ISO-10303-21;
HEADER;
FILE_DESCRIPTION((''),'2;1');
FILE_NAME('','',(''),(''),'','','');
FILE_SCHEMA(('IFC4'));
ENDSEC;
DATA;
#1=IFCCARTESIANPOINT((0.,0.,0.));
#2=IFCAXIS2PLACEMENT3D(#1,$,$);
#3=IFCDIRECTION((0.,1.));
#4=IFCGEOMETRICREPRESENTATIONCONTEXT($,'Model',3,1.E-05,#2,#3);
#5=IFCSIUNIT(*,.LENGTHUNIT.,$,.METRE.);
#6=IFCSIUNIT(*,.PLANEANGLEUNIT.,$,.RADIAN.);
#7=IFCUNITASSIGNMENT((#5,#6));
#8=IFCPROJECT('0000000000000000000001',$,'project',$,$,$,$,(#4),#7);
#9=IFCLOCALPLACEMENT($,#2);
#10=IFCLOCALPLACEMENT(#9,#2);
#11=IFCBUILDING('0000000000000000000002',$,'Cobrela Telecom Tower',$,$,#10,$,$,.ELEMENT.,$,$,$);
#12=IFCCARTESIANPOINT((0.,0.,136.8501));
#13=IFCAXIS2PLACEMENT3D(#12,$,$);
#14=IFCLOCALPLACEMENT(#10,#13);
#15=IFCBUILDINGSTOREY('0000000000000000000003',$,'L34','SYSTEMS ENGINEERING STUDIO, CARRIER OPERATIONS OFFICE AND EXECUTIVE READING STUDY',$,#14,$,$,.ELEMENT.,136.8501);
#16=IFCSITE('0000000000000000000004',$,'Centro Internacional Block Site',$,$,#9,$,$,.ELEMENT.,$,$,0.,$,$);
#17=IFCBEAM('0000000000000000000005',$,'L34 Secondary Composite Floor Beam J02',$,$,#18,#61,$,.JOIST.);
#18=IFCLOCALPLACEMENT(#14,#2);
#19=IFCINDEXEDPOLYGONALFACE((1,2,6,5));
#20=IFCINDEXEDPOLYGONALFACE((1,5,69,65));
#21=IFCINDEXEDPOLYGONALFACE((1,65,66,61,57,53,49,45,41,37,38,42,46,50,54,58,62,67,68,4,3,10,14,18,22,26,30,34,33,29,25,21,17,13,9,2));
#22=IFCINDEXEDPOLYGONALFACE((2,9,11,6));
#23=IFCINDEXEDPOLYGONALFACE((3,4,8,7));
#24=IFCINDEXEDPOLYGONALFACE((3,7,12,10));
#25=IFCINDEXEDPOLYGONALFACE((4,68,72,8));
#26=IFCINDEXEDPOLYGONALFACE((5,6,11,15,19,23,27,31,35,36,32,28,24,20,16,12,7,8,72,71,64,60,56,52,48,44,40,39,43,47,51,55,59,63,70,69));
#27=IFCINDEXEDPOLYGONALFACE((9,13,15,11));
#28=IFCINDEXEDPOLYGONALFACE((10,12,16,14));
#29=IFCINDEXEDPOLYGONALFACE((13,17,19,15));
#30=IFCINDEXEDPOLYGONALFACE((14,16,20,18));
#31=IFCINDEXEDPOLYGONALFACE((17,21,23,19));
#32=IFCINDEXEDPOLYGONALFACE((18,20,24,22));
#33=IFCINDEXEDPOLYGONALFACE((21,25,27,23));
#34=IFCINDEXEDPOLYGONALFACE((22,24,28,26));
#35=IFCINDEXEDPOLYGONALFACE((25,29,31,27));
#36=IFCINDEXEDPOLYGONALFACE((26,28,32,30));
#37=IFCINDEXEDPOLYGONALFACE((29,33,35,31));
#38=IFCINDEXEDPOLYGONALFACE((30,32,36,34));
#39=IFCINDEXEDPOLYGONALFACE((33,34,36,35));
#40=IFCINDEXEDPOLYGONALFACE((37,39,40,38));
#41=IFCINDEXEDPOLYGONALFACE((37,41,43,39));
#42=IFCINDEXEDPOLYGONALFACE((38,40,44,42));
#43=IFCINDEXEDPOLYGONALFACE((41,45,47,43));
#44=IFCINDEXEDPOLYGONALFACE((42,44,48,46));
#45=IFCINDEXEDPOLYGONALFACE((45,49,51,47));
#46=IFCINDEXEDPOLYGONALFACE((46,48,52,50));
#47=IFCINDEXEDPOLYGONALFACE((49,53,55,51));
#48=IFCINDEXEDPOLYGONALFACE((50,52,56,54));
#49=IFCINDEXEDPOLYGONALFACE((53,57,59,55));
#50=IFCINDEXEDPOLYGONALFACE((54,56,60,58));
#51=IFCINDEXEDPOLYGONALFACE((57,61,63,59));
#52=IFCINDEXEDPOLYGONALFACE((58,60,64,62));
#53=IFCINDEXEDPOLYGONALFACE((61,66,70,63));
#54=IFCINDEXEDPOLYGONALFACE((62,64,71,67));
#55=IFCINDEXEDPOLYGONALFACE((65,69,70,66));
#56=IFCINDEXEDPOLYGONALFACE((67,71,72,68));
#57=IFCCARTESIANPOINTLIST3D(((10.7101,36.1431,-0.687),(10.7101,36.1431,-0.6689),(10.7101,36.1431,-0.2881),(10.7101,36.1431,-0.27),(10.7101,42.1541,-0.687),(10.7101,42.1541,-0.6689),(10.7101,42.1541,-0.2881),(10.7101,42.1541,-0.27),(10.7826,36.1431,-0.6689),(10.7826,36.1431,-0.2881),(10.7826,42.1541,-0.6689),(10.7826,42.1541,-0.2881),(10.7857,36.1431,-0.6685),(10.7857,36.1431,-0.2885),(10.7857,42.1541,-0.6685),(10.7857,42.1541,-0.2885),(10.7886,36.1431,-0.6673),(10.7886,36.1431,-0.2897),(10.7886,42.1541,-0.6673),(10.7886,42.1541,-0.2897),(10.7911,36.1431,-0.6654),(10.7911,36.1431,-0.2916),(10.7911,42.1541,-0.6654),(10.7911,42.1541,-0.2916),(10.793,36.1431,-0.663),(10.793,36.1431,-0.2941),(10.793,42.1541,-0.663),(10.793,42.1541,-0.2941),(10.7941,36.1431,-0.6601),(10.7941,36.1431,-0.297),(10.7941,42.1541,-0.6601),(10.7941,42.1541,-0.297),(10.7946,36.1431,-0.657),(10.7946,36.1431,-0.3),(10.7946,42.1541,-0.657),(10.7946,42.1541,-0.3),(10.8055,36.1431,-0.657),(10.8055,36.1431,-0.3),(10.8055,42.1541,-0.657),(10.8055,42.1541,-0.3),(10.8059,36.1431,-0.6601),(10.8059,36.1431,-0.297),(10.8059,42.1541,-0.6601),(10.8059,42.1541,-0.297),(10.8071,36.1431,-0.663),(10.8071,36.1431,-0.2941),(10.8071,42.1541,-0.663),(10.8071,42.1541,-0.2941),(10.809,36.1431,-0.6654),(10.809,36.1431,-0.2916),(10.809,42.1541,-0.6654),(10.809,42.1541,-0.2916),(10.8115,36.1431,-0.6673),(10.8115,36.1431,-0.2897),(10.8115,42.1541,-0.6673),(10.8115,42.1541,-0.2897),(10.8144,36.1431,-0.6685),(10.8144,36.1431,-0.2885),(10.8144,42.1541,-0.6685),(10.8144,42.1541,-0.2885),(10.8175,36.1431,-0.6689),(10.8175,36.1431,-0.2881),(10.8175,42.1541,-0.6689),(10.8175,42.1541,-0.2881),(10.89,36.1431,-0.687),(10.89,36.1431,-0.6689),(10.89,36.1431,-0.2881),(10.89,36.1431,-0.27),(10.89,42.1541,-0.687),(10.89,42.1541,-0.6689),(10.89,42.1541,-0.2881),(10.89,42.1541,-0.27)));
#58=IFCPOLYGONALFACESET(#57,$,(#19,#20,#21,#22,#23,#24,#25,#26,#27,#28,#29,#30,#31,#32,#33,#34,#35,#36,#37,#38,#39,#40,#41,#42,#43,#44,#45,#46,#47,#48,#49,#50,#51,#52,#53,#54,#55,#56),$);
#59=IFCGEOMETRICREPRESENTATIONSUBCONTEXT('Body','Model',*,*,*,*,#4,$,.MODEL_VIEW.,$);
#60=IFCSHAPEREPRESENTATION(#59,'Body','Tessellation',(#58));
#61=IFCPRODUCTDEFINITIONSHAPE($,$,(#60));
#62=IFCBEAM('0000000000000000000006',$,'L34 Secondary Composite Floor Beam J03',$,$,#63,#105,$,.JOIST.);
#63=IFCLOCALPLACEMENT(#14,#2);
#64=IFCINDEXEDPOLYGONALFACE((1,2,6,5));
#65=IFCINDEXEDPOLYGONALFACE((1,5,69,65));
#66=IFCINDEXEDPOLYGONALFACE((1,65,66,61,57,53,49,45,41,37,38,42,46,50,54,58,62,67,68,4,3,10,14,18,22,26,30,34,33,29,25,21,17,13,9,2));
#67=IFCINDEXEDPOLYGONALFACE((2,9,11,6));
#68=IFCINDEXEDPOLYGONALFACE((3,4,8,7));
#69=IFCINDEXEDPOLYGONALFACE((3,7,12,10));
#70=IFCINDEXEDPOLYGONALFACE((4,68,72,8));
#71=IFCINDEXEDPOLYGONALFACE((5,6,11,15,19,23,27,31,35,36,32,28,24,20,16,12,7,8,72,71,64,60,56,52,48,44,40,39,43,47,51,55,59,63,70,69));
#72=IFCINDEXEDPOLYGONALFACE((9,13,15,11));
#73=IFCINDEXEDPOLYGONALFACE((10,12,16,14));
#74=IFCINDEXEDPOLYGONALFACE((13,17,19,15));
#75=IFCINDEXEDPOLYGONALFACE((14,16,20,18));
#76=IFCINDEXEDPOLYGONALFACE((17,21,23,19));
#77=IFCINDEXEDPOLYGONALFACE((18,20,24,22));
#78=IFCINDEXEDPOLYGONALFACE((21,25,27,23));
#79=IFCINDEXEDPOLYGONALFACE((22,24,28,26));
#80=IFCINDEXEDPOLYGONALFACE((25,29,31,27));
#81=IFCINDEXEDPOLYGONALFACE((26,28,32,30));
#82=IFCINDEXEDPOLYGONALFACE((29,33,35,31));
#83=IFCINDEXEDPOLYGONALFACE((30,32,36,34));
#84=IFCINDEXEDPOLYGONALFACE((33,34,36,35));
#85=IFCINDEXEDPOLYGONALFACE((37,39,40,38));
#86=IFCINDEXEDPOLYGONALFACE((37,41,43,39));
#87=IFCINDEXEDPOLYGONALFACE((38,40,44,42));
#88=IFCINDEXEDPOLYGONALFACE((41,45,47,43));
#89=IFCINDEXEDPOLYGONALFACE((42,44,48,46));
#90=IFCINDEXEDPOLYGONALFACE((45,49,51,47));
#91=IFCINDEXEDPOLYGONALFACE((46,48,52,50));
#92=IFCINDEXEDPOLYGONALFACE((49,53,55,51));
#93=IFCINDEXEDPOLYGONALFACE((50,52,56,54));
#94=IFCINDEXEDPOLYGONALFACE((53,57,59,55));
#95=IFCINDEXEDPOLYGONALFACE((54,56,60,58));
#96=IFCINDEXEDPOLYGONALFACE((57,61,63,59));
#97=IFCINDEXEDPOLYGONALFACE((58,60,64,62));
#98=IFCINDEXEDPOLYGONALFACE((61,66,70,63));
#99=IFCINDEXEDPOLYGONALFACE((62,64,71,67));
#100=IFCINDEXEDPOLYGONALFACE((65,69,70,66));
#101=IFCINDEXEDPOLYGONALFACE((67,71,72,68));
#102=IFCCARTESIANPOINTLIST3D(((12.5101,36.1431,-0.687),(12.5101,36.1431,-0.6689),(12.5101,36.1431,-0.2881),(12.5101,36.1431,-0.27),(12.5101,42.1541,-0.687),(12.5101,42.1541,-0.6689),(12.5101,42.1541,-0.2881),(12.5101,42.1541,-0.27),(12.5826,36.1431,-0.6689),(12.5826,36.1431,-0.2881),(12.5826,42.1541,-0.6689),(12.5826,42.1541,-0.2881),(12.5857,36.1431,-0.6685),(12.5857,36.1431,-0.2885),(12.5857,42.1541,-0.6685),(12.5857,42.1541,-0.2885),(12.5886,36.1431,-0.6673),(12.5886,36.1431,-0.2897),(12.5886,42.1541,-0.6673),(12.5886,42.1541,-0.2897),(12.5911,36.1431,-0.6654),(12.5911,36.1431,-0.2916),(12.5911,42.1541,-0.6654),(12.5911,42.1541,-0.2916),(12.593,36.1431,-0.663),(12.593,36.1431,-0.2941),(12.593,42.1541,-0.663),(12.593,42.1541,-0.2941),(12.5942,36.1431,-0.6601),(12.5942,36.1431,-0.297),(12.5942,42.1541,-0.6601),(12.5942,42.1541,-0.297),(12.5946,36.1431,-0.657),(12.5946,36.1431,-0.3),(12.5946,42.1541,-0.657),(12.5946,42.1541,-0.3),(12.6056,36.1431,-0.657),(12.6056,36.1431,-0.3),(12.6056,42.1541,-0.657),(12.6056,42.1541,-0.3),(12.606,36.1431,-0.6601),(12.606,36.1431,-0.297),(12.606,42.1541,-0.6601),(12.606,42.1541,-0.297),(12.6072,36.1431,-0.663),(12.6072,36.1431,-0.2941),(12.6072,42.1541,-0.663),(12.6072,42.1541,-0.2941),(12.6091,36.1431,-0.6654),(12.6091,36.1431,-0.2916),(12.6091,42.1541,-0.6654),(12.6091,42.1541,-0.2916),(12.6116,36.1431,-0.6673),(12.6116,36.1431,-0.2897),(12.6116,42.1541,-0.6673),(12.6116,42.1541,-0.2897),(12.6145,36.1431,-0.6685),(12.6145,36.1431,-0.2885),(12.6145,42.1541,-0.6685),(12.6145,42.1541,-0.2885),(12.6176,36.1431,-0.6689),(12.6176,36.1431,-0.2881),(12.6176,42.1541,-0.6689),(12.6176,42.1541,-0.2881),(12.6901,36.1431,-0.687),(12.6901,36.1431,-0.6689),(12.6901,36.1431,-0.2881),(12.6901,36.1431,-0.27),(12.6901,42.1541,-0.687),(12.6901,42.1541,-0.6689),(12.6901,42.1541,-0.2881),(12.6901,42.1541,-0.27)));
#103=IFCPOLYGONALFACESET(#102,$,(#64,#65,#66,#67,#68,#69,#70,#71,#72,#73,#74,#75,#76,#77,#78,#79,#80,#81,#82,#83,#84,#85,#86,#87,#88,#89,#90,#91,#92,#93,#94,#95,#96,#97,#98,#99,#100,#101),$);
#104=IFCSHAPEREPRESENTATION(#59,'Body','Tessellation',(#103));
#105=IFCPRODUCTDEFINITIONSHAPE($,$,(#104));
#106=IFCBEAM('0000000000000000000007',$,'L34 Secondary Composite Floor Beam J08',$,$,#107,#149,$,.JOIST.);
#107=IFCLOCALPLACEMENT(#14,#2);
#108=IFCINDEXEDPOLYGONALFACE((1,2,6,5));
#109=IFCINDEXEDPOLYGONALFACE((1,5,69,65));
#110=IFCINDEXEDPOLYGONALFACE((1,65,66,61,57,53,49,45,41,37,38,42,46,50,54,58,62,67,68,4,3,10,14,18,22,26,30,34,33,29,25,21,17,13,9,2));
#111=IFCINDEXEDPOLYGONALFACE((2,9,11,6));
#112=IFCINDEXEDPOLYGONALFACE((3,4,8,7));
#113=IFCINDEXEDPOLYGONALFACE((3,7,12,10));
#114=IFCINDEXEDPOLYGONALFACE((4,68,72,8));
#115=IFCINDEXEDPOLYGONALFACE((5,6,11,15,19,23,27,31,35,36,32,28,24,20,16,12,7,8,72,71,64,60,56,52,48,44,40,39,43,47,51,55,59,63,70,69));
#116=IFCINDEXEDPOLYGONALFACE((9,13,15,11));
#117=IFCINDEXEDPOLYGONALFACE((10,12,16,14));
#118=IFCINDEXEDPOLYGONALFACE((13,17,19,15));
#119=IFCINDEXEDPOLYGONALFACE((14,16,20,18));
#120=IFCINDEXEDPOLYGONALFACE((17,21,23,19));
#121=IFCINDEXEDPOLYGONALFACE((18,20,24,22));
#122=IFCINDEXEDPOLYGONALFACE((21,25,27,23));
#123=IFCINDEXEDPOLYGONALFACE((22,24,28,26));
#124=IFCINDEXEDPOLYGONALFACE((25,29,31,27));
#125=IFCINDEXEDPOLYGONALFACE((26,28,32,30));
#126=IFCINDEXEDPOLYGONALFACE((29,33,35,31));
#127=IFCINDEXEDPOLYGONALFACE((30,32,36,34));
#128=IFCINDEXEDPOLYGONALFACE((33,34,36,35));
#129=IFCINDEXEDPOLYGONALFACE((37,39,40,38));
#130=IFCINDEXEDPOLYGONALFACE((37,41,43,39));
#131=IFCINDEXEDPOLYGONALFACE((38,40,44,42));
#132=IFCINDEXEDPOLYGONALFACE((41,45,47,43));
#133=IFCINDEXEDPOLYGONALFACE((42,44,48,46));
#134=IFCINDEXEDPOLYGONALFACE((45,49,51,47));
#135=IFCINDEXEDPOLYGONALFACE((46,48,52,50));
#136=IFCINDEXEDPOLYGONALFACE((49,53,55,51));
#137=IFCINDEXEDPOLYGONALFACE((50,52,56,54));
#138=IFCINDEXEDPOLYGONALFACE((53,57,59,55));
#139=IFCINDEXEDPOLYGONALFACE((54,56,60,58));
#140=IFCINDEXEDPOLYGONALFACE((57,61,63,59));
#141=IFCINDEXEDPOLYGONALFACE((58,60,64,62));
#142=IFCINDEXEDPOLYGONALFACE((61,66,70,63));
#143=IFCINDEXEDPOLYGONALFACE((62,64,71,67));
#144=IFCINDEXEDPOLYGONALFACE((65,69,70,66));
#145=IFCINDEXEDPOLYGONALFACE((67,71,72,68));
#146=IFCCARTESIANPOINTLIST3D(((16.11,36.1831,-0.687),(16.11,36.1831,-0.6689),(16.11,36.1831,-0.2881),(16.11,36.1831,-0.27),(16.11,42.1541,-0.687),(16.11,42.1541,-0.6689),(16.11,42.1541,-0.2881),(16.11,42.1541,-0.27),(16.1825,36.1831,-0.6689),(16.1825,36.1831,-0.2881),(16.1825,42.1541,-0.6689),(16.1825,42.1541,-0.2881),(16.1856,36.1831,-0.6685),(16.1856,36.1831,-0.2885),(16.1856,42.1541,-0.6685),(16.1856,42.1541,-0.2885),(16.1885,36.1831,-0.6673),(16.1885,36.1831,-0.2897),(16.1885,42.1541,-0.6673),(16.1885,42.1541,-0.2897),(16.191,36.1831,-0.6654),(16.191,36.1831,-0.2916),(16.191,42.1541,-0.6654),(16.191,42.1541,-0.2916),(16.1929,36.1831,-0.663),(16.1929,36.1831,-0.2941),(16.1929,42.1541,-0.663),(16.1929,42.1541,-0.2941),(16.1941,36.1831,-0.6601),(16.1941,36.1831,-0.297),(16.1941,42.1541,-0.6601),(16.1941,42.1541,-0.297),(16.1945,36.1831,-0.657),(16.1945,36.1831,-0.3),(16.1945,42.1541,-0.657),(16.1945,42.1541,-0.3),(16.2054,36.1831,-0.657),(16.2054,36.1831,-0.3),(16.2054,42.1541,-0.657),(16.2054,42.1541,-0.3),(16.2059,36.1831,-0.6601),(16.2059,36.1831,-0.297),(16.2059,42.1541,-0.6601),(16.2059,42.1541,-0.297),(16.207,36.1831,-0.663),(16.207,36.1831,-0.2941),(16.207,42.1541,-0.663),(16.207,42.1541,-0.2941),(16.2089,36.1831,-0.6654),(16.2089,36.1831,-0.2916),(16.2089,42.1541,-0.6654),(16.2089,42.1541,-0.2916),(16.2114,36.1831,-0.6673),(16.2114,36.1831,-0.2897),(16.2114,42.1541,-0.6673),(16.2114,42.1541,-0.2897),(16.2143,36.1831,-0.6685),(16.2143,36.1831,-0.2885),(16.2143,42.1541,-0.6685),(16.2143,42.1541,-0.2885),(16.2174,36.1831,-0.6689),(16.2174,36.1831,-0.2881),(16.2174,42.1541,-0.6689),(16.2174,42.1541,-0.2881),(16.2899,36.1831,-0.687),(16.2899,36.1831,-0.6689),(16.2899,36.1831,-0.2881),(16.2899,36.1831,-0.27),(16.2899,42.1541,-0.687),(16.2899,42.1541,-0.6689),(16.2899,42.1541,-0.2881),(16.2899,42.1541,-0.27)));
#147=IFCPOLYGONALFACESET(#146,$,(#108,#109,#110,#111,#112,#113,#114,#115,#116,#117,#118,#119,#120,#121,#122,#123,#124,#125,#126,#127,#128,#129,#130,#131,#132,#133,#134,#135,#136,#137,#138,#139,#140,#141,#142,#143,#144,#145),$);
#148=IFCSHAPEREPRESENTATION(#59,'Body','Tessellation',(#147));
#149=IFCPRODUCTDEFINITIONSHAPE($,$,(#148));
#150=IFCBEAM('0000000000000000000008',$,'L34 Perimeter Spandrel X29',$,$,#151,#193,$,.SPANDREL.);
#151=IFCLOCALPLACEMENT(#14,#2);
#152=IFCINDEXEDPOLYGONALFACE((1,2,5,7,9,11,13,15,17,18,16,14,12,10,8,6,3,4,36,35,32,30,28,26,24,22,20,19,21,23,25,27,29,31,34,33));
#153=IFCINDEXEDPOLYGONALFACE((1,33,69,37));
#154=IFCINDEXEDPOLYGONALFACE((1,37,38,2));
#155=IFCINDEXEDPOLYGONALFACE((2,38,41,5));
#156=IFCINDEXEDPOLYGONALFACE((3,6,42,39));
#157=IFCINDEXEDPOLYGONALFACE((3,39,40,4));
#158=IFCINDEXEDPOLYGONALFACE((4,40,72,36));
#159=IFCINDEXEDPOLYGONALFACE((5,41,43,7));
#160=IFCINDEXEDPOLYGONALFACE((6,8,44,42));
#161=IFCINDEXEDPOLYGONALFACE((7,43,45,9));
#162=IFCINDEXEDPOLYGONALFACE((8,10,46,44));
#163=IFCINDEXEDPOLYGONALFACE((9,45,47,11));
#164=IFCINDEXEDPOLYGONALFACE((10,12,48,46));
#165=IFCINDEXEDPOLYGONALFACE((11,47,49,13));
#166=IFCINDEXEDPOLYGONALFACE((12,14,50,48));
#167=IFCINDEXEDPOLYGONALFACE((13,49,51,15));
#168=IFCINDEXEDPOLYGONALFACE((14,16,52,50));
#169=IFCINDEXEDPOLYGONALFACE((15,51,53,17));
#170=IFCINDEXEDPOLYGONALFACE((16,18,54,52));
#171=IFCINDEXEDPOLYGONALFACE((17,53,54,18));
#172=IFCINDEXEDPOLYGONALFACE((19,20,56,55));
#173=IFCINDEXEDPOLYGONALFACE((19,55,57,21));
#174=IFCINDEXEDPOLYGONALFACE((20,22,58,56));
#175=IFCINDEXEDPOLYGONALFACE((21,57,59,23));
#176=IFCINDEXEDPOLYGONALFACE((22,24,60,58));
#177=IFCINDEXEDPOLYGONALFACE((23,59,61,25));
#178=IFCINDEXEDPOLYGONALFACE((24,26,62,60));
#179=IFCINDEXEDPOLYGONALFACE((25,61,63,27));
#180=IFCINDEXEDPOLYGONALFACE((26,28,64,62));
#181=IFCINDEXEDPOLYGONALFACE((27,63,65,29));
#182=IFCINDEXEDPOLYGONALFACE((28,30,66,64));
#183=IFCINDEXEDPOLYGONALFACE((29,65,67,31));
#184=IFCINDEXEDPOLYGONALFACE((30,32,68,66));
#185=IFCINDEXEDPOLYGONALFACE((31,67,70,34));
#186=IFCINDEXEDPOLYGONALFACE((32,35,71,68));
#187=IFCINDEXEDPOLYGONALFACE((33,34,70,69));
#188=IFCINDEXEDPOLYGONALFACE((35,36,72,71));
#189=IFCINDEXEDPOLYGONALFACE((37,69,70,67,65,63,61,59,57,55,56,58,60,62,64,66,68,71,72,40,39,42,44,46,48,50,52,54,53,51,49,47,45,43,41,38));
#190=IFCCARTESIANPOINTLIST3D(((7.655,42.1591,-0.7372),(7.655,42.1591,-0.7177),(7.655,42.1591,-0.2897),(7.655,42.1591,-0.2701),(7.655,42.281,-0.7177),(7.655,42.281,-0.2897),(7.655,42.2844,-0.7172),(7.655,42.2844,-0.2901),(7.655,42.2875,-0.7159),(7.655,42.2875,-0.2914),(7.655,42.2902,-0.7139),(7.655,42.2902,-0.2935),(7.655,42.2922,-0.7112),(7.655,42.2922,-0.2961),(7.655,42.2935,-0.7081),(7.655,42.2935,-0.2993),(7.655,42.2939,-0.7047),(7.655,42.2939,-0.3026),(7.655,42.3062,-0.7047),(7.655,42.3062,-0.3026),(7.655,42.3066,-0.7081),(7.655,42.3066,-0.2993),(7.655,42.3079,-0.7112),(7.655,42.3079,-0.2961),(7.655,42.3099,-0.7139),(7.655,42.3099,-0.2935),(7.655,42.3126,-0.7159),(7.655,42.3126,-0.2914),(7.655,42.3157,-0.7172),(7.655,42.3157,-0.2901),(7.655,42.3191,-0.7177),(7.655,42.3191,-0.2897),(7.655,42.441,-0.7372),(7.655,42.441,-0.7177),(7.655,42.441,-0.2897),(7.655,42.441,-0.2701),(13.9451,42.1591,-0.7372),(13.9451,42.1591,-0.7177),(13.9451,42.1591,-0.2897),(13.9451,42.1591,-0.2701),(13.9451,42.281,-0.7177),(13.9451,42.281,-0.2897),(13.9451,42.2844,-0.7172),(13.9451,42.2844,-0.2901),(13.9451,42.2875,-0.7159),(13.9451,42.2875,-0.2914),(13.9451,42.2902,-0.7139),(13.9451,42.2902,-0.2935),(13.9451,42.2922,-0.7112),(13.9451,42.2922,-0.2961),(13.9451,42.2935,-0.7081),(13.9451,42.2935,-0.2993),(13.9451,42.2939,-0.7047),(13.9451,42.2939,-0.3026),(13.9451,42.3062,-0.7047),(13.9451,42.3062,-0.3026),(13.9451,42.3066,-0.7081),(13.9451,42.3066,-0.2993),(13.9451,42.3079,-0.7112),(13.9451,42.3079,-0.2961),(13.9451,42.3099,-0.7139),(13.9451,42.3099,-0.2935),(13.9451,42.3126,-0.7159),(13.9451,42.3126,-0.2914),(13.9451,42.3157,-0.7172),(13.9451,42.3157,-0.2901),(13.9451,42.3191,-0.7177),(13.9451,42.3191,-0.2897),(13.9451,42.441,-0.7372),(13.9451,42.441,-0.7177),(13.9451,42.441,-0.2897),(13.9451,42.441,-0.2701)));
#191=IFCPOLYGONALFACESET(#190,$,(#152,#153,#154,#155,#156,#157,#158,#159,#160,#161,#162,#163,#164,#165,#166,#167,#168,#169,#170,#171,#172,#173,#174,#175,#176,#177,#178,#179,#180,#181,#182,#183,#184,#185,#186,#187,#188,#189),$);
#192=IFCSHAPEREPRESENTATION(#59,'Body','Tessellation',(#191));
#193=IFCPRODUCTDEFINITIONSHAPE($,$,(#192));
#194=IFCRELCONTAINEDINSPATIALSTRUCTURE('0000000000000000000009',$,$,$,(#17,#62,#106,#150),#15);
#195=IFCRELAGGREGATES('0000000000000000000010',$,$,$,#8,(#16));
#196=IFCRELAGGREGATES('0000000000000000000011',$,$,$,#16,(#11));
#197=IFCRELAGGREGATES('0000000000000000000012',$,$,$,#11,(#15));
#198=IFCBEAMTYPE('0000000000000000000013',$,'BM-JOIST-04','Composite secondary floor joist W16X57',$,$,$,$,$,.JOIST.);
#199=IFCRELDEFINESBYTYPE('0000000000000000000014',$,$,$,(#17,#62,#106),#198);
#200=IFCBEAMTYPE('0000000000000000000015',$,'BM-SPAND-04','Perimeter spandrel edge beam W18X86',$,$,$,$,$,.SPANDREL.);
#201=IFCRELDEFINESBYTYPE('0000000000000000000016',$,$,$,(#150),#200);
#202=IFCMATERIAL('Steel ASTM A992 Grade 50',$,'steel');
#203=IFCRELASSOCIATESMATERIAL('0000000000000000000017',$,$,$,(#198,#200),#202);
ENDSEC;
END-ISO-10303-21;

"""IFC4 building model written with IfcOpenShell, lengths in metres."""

from ifc_helpers import new_model, si_unit, direction, frame, origin, origin_2d, place, context, subcontext, project, spatial, i_section, extrude, material, material_profile, profile_set, type_object, element, save


model = new_model("IFC4")

# Units and contexts
model_context = context("Model", 3, precision=1e-05, world=origin(), true_north=direction((0.0, 1.0)))
body_context = subcontext(model_context, "Body", "Model", "MODEL_VIEW")
ifc_project = project(units=[si_unit("LENGTHUNIT", "METRE"), si_unit("PLANEANGLEUNIT", "RADIAN")], contexts=[model_context])

# Site, building, storey
site_placement = place(None, origin())
site = spatial("IfcSite", under=ifc_project, at=site_placement, Name="Centro Internacional Block Site", CompositionType="ELEMENT", RefElevation=0.0)
building_placement = place(site_placement, origin())
building = spatial("IfcBuilding", under=site, at=building_placement, Name="Cobrela Telecom Tower", CompositionType="ELEMENT")
storey_placement = place(building_placement, frame((0.0, 0.0, 136.8501)))
storey = spatial("IfcBuildingStorey", under=building, at=storey_placement, Name="L34", Description="SYSTEMS ENGINEERING STUDIO, CARRIER OPERATIONS OFFICE AND EXECUTIVE READING STUDY", CompositionType="ELEMENT", Elevation=136.8501)

# Beams
ifc_material_1 = material(Name="Steel ASTM A992 Grade 50", Category="steel")
ifc_material_profile_1 = material_profile(ifc_material_1, i_section(OverallWidth=0.1799, OverallDepth=0.417, WebThickness=0.011, FlangeThickness=0.0181, FilletRadius=0.012, at=origin_2d()), Name="W16X57")
ifc_profile_set_1 = profile_set([ifc_material_profile_1], Name="Steel ASTM A992 Grade 50")
beam_type_1 = type_object("IfcBeamType", Name="BM-JOIST-04", Description="Composite secondary floor joist W16X57", PredefinedType="JOIST", material=ifc_profile_set_1)
for number, where, z_axis, x_axis, name in (
    (1, (10.8, 36.1431, -0.4785), (0.0, 1.0, 0.0), (-1.0, 0.0, 0.0), "L34 Secondary Composite Floor Beam J02"),
    (2, (12.6001, 36.1431, -0.4785), (0.0, 1.0, 0.0), (-1.0, 0.0, 0.0), "L34 Secondary Composite Floor Beam J03"),
):
    element("IfcBeam", number, at=place(storey_placement, frame(where, z_axis=z_axis, x_axis=x_axis)), inside=storey, type_object=beam_type_1, Name=name, PredefinedType="JOIST", context=body_context, shape_type="SweptSolid", body=[
        extrude(i_section(OverallWidth=0.1799, OverallDepth=0.417, WebThickness=0.011, FlangeThickness=0.0181, FilletRadius=0.012, at=origin_2d()), origin(), (0.0, 0.0, 1.0), 6.011),
    ])
beam_1_placement = place(storey_placement, frame((16.2, 36.1831, -0.4785), z_axis=(0.0, 1.0, 0.0), x_axis=(-1.0, 0.0, 0.0)))
element("IfcBeam", 3, at=beam_1_placement, inside=storey, type_object=beam_type_1, Name="L34 Secondary Composite Floor Beam J08", PredefinedType="JOIST", context=body_context, shape_type="SweptSolid", body=[
    extrude(i_section(OverallWidth=0.1799, OverallDepth=0.417, WebThickness=0.011, FlangeThickness=0.0181, FilletRadius=0.012, at=origin_2d()), origin(), (0.0, 0.0, 1.0), 5.9709),
])
ifc_material_profile_2 = material_profile(ifc_material_1, i_section(OverallWidth=0.282, OverallDepth=0.467, WebThickness=0.0122, FlangeThickness=0.0195, FilletRadius=0.0129, at=origin_2d()), Name="W18X86")
ifc_profile_set_2 = profile_set([ifc_material_profile_2], Name="Steel ASTM A992 Grade 50")
beam_type_2 = type_object("IfcBeamType", Name="BM-SPAND-04", Description="Perimeter spandrel edge beam W18X86", PredefinedType="SPANDREL", material=ifc_profile_set_2)
for number, where, z_axis, x_axis, name in (
    (4, (7.655, 42.3, -0.5037), (1.0, 0.0, 0.0), (0.0, 1.0, 0.0), "L34 Perimeter Spandrel X29"),
):
    element("IfcBeam", number, at=place(storey_placement, frame(where, z_axis=z_axis, x_axis=x_axis)), inside=storey, type_object=beam_type_2, Name=name, PredefinedType="SPANDREL", context=body_context, shape_type="SweptSolid", body=[
        extrude(i_section(OverallWidth=0.282, OverallDepth=0.467, WebThickness=0.0122, FlangeThickness=0.0195, FilletRadius=0.0129, at=origin_2d()), origin(), (0.0, 0.0, 1.0), 6.29),
    ])

save(model, "model.ifc")
